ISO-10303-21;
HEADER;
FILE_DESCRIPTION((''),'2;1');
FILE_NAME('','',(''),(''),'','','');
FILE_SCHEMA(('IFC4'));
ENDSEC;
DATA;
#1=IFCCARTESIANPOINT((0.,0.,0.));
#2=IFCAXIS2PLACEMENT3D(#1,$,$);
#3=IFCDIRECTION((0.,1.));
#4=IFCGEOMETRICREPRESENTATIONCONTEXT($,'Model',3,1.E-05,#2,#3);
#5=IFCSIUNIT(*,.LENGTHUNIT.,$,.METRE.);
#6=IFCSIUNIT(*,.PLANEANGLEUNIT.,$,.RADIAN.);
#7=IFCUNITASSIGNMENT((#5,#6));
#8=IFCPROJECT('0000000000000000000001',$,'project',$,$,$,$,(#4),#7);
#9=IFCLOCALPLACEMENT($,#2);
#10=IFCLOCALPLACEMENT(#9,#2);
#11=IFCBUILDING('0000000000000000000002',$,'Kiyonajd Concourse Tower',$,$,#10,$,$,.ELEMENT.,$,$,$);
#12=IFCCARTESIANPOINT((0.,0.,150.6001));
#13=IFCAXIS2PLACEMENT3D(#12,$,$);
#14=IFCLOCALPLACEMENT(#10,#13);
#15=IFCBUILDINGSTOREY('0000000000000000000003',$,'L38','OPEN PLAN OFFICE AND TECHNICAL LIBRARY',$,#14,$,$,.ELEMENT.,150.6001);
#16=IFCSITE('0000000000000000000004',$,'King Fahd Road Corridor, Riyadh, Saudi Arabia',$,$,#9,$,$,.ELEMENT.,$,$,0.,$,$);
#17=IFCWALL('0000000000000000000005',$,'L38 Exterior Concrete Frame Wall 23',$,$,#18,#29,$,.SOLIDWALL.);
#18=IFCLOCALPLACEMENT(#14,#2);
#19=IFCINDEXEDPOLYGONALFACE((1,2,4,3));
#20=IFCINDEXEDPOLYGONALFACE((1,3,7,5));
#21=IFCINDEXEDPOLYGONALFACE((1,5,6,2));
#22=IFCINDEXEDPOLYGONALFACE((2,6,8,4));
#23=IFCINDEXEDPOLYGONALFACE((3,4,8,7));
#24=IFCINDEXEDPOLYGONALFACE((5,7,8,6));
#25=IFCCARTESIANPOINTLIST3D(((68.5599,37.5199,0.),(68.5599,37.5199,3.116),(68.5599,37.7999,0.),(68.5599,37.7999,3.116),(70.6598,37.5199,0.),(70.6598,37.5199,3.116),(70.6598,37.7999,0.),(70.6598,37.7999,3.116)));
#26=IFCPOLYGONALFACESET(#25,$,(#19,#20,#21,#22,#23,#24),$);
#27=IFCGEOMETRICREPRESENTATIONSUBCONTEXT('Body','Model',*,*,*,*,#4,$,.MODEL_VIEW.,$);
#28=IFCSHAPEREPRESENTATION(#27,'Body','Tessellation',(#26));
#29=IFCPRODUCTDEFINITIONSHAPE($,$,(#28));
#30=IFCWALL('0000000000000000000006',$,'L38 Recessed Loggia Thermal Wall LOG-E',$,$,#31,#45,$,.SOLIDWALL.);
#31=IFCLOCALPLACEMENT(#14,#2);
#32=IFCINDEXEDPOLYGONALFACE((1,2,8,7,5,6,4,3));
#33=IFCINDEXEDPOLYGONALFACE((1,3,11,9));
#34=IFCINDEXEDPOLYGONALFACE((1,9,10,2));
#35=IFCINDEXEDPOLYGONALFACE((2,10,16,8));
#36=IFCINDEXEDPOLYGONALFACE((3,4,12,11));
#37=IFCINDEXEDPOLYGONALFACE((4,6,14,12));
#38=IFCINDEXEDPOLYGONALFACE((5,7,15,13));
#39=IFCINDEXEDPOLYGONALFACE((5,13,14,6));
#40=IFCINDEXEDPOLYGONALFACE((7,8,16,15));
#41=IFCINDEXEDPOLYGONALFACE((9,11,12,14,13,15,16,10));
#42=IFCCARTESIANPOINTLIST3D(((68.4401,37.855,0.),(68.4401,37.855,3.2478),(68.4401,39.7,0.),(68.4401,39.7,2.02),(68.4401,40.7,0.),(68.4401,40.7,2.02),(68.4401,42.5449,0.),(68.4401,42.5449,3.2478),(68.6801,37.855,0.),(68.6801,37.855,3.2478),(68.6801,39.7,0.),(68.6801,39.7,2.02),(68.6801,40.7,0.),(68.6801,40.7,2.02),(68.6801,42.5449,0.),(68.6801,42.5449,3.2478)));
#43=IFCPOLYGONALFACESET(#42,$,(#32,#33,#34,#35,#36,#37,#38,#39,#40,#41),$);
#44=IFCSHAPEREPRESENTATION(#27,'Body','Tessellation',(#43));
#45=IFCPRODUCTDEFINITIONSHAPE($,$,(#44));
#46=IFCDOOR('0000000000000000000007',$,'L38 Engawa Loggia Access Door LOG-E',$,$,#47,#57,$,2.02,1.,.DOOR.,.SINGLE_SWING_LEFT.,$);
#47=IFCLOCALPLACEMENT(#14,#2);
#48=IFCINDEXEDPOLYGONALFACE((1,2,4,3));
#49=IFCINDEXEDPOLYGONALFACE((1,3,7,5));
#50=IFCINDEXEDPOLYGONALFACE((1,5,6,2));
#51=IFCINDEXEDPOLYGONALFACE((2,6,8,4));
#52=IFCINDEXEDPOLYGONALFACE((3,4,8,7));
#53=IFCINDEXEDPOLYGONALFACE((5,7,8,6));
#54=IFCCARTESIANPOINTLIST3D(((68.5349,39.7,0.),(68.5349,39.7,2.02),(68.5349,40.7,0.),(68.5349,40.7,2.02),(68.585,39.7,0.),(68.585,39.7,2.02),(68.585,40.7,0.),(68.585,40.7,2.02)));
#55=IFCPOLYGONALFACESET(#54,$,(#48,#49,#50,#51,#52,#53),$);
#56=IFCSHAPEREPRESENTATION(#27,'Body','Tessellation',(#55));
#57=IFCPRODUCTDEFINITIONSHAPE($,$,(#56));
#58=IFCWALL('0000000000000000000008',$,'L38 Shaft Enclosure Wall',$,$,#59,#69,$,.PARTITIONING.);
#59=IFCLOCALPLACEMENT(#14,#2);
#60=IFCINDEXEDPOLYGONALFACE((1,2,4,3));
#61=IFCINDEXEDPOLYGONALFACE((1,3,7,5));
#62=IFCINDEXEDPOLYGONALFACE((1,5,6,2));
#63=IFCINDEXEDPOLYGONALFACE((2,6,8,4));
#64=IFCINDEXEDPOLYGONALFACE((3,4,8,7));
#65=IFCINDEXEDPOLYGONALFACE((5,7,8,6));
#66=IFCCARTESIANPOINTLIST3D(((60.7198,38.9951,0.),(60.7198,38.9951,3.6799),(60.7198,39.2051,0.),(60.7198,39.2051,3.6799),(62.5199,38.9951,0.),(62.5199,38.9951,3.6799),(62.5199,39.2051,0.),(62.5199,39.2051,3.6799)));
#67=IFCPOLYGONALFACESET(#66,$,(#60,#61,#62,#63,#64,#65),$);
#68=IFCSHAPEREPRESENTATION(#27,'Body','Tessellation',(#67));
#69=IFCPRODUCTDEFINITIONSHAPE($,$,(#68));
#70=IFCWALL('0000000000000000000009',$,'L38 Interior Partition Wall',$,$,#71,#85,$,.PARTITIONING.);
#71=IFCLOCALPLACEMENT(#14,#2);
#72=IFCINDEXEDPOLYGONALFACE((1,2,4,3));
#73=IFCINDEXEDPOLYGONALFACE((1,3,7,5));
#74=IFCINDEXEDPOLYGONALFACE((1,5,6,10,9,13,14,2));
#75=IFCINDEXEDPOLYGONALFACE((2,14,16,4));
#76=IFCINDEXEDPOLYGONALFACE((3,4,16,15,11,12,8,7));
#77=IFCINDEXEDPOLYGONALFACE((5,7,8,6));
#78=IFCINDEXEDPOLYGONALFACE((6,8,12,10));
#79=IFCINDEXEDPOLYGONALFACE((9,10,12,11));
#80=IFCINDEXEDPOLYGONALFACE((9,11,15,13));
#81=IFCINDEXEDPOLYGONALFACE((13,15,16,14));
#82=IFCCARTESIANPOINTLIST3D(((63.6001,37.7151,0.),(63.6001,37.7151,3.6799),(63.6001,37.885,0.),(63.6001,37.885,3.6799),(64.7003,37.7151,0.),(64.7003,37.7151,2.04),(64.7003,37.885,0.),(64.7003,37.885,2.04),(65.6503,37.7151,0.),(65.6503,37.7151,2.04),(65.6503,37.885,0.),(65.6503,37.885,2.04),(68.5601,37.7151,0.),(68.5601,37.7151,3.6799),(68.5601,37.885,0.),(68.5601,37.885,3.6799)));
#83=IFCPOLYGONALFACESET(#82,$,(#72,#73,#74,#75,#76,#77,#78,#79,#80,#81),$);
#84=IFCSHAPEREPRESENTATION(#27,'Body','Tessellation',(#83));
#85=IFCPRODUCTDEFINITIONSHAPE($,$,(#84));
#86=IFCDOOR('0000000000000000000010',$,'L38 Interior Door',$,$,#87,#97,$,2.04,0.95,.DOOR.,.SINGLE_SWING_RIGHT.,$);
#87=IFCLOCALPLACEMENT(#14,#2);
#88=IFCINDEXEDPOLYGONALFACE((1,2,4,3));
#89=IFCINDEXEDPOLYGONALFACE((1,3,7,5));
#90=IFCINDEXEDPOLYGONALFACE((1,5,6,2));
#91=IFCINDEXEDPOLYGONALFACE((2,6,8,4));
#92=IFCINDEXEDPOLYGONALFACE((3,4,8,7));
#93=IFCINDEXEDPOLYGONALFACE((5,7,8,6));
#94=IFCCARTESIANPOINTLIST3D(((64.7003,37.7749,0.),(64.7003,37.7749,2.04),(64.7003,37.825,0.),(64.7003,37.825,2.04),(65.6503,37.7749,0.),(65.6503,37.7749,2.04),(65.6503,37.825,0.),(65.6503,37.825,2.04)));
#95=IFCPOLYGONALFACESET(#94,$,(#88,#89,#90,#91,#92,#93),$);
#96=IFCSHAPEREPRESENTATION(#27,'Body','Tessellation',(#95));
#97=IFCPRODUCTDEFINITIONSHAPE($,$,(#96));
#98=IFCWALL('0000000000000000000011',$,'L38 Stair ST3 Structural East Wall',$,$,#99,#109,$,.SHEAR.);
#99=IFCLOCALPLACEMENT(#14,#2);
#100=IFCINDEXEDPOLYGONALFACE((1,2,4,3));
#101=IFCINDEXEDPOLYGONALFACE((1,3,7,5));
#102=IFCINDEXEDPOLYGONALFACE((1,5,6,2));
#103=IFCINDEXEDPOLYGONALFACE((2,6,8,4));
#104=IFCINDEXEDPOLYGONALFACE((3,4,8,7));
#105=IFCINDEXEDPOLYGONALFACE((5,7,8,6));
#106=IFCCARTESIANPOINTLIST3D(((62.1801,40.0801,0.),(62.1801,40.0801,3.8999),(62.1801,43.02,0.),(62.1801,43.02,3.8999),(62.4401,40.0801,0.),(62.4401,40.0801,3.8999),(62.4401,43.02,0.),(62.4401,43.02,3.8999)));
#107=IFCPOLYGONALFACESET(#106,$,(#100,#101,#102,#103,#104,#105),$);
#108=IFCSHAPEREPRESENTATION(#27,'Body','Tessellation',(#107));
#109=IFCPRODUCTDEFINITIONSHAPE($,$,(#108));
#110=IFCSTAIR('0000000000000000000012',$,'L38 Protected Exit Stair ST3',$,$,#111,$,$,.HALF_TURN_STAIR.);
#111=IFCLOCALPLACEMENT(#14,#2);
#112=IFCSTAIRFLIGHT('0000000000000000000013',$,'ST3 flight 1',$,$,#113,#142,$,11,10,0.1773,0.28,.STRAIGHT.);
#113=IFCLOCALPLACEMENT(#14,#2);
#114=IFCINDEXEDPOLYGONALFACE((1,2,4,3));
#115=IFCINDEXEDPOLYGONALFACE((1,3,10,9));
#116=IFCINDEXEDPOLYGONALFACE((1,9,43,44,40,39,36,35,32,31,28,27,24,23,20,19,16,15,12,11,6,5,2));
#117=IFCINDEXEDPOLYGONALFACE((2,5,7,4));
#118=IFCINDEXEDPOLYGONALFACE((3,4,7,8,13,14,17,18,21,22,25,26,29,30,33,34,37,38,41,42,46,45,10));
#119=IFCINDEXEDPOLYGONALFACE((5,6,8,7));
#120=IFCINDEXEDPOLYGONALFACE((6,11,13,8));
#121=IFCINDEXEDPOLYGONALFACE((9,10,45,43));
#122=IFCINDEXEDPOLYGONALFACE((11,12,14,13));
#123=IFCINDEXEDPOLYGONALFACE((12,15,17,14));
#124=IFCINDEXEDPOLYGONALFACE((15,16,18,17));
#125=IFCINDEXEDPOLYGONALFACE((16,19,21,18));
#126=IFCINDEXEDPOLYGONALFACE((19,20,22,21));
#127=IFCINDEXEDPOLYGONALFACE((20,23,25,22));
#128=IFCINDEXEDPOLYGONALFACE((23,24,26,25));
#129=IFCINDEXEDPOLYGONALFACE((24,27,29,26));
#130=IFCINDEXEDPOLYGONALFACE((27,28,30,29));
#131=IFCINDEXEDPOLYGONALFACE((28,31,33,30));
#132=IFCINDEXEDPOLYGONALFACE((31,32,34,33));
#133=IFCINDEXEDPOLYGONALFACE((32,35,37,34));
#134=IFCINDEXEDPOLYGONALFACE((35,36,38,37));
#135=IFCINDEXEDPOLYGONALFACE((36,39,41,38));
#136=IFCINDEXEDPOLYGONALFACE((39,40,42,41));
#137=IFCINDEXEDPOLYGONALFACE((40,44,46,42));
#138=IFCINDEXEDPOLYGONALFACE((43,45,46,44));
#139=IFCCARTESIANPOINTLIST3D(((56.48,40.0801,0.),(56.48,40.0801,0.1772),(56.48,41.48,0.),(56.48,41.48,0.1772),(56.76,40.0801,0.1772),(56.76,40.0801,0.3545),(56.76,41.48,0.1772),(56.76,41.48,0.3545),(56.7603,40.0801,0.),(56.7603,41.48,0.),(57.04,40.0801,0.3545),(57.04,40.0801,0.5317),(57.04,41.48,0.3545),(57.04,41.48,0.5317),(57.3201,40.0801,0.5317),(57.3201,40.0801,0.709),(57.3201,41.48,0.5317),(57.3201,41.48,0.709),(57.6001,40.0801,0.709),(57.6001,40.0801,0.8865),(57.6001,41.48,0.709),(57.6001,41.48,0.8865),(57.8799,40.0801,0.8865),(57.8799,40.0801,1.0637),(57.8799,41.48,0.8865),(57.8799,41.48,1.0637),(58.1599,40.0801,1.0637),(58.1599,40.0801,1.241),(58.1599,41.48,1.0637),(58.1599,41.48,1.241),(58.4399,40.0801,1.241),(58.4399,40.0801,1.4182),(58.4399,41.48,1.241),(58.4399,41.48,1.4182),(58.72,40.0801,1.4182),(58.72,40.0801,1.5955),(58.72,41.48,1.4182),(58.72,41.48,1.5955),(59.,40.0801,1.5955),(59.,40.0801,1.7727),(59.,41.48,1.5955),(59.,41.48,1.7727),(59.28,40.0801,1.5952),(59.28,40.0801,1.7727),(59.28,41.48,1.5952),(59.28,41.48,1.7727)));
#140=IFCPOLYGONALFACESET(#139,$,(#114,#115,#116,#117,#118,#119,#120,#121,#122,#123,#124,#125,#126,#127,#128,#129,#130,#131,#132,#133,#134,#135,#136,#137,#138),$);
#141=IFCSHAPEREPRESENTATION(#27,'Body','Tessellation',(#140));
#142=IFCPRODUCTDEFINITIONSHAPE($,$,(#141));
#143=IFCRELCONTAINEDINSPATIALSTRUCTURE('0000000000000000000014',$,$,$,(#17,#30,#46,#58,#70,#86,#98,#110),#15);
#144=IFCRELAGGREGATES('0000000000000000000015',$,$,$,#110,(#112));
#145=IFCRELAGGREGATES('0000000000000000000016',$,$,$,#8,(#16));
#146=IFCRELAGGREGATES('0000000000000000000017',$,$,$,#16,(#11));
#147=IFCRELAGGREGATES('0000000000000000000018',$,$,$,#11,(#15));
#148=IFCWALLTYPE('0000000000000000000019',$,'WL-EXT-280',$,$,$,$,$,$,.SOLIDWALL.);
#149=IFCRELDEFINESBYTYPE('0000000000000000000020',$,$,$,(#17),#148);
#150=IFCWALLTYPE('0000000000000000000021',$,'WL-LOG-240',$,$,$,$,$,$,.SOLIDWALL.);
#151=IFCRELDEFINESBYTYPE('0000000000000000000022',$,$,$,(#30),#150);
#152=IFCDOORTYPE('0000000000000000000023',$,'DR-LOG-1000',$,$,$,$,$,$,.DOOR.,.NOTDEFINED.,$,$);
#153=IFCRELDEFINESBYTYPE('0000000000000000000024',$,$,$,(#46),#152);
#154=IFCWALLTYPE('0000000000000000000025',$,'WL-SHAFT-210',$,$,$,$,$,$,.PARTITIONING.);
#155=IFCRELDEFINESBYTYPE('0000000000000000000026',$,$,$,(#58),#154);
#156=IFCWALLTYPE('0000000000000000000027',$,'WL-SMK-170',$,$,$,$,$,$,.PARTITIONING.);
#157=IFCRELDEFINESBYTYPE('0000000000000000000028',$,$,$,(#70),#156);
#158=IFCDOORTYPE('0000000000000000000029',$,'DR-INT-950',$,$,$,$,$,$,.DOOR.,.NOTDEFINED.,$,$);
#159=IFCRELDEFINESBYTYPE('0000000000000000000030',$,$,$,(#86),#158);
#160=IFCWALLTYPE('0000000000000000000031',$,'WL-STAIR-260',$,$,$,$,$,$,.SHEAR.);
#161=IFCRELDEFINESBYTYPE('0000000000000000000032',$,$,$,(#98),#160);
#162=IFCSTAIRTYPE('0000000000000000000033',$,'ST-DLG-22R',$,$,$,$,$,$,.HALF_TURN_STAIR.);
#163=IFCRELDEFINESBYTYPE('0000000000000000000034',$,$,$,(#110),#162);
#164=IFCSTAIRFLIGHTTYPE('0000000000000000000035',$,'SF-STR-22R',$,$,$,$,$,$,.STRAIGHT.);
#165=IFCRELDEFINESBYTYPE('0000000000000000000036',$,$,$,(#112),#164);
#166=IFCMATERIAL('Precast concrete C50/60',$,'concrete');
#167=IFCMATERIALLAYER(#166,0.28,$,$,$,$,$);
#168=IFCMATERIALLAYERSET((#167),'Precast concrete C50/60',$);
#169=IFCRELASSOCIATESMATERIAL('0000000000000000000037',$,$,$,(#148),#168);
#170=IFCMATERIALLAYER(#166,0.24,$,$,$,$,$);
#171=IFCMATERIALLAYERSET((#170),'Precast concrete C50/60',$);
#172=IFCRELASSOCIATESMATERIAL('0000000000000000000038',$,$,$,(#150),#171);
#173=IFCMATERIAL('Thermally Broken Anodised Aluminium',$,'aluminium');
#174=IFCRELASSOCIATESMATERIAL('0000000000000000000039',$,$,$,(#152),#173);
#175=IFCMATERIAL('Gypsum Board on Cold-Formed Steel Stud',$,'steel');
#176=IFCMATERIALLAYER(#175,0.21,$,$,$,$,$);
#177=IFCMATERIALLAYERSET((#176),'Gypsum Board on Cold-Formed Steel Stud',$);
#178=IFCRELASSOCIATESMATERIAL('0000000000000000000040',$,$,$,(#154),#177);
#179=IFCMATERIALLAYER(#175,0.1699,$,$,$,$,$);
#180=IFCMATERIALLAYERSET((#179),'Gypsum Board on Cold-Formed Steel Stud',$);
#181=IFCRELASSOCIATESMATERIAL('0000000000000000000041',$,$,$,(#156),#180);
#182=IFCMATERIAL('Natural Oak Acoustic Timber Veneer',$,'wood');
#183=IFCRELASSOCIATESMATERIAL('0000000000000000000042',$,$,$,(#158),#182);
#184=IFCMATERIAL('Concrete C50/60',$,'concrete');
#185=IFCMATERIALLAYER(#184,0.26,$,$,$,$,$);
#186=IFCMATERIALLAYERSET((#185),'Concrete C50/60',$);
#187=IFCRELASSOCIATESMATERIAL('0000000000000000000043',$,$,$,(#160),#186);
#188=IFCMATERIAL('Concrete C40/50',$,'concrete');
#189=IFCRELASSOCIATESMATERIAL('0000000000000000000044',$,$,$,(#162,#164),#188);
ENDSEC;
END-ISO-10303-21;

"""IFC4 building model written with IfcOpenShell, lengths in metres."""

from ifc_helpers import new_model, si_unit, direction, frame, frame_2d, origin, place, context, subcontext, project, spatial, polyline, rectangle, outline, extrude, material, layer, layer_set, type_object, element, fill, aggregate, save


model = new_model("IFC4")

# Units and contexts
model_context = context("Model", 3, precision=1e-05, world=origin(), true_north=direction((0.0, 1.0)))
body_context = subcontext(model_context, "Body", "Model", "MODEL_VIEW")
ifc_project = project(units=[si_unit("LENGTHUNIT", "METRE"), si_unit("PLANEANGLEUNIT", "RADIAN")], contexts=[model_context])

# Site, building, storey
site_placement = place(None, origin())
site = spatial("IfcSite", under=ifc_project, at=site_placement, Name="King Fahd Road Corridor, Riyadh, Saudi Arabia", CompositionType="ELEMENT", RefElevation=0.0)
building_placement = place(site_placement, origin())
building = spatial("IfcBuilding", under=site, at=building_placement, Name="Kiyonajd Concourse Tower", CompositionType="ELEMENT")
storey_placement = place(building_placement, frame((0.0, 0.0, 150.6001)))
storey = spatial("IfcBuildingStorey", under=building, at=storey_placement, Name="L38", Description="OPEN PLAN OFFICE AND TECHNICAL LIBRARY", CompositionType="ELEMENT", Elevation=150.6001)

# Shared definitions
ifc_material_1 = material(Name="Thermally Broken Anodised Aluminium", Category="aluminium")

# Wall
ifc_material_2 = material(Name="Precast concrete C50/60", Category="concrete")
ifc_layer_1 = layer(ifc_material_2, 0.28)
ifc_layer_set_1 = layer_set([ifc_layer_1], Name="Precast concrete C50/60")
wall_type_1 = type_object("IfcWallType", Name="WL-EXT-280", PredefinedType="SOLIDWALL", material=ifc_layer_set_1)
for number, where, z_axis, x_axis, name in (
    (1, (68.5601, 37.6599, 0.0), (0.0, 0.0, 1.0), (1.0, 0.0, 0.0), "L38 Exterior Concrete Frame Wall 23"),
):
    element("IfcWall", number, at=place(storey_placement, frame(where, z_axis=z_axis, x_axis=x_axis)), inside=storey, type_object=wall_type_1, Name=name, PredefinedType="SOLIDWALL", context=body_context, shape_type="SweptSolid", body=[
        extrude(rectangle(XDim=2.0999, YDim=0.28, at=frame_2d((1.0498, 0.0))), origin(), (0.0, 0.0, 1.0), 3.116),
    ])

# Wall, opening, door
ifc_layer_2 = layer(ifc_material_2, 0.24)
ifc_layer_set_2 = layer_set([ifc_layer_2], Name="Precast concrete C50/60")
wall_type_2 = type_object("IfcWallType", Name="WL-LOG-240", PredefinedType="SOLIDWALL", material=ifc_layer_set_2)
wall_1_placement = place(storey_placement, frame((68.5601, 42.5449, 0.0), z_axis=(0.0, 0.0, 1.0), x_axis=(0.0, -1.0, 0.0)))
wall_1 = element("IfcWall", 2, at=wall_1_placement, inside=storey, type_object=wall_type_2, Name="L38 Recessed Loggia Thermal Wall LOG-E", PredefinedType="SOLIDWALL", context=body_context, shape_type="SweptSolid", body=[
    extrude(rectangle(XDim=4.6899, YDim=0.24, at=frame_2d((2.345, 0.0))), origin(), (0.0, 0.0, 1.0), 3.2478),
])
opening_1_placement = place(wall_1_placement, frame((1.845, 0.0, 0.0)))
opening_1 = element("IfcOpeningElement", 3, at=opening_1_placement, cuts=wall_1, PredefinedType="OPENING", context=body_context, shape_type="SweptSolid", body=[
    extrude(rectangle(XDim=1.0, YDim=2.02, at=frame_2d((0.5, 1.01))), frame((0.0, 0.1299, 0.0), z_axis=(0.0, -1.0, 0.0), x_axis=(1.0, 0.0, 0.0)), (0.0, 0.0, 1.0), 0.26),
])
door_type_1 = type_object("IfcDoorType", Name="DR-LOG-1000", OperationType="NOTDEFINED", PredefinedType="DOOR", material=ifc_material_1)
door_1_placement = place(opening_1_placement, origin())
door_1 = element("IfcDoor", 4, at=door_1_placement, inside=storey, type_object=door_type_1, Name="L38 Engawa Loggia Access Door LOG-E", OperationType="SINGLE_SWING_LEFT", OverallHeight=2.02, OverallWidth=1.0, PredefinedType="DOOR", context=body_context, shape_type="SweptSolid", body=[
    extrude(rectangle(XDim=1.0, YDim=2.02, at=frame_2d((0.5, 1.01))), frame((0.0, 0.0249, 0.0), z_axis=(0.0, -1.0, 0.0), x_axis=(1.0, 0.0, 0.0)), (0.0, 0.0, 1.0), 0.05),
])
fill(opening_1, door_1)

# Wall
ifc_material_3 = material(Name="Gypsum Board on Cold-Formed Steel Stud", Category="steel")
ifc_layer_3 = layer(ifc_material_3, 0.21)
ifc_layer_set_3 = layer_set([ifc_layer_3], Name="Gypsum Board on Cold-Formed Steel Stud")
wall_type_3 = type_object("IfcWallType", Name="WL-SHAFT-210", PredefinedType="PARTITIONING", material=ifc_layer_set_3)
wall_2_placement = place(storey_placement, frame((60.72, 39.1001, 0.0), z_axis=(0.0, 0.0, 1.0), x_axis=(1.0, 0.0, 0.0)))
element("IfcWall", 5, at=wall_2_placement, inside=storey, type_object=wall_type_3, Name="L38 Shaft Enclosure Wall", PredefinedType="PARTITIONING", context=body_context, shape_type="SweptSolid", body=[
    extrude(rectangle(XDim=1.8, YDim=0.21, at=frame_2d((0.8999, 0.0))), origin(), (0.0, 0.0, 1.0), 3.6799),
])

# Wall, opening, door
ifc_layer_4 = layer(ifc_material_3, 0.1699)
ifc_layer_set_4 = layer_set([ifc_layer_4], Name="Gypsum Board on Cold-Formed Steel Stud")
wall_type_4 = type_object("IfcWallType", Name="WL-SMK-170", PredefinedType="PARTITIONING", material=ifc_layer_set_4)
wall_3_placement = place(storey_placement, frame((63.6001, 37.8, 0.0), z_axis=(0.0, 0.0, 1.0), x_axis=(1.0, 0.0, 0.0)))
wall_3 = element("IfcWall", 6, at=wall_3_placement, inside=storey, type_object=wall_type_4, Name="L38 Interior Partition Wall", PredefinedType="PARTITIONING", context=body_context, shape_type="SweptSolid", body=[
    extrude(rectangle(XDim=4.96, YDim=0.1699, at=frame_2d((2.48, 0.0))), origin(), (0.0, 0.0, 1.0), 3.6799),
])
opening_2_placement = place(wall_3_placement, frame((1.1001, 0.0, 0.0)))
opening_2 = element("IfcOpeningElement", 7, at=opening_2_placement, cuts=wall_3, PredefinedType="OPENING", context=body_context, shape_type="SweptSolid", body=[
    extrude(rectangle(XDim=0.95, YDim=2.04, at=frame_2d((0.4751, 1.02))), frame((0.0, 0.095, 0.0), z_axis=(0.0, -1.0, 0.0), x_axis=(1.0, 0.0, 0.0)), (0.0, 0.0, 1.0), 0.1899),
])
ifc_material_4 = material(Name="Natural Oak Acoustic Timber Veneer", Category="wood")
door_type_2 = type_object("IfcDoorType", Name="DR-INT-950", OperationType="NOTDEFINED", PredefinedType="DOOR", material=ifc_material_4)
door_2_placement = place(opening_2_placement, origin())
door_2 = element("IfcDoor", 8, at=door_2_placement, inside=storey, type_object=door_type_2, Name="L38 Interior Door", OperationType="SINGLE_SWING_RIGHT", OverallHeight=2.04, OverallWidth=0.95, PredefinedType="DOOR", context=body_context, shape_type="SweptSolid", body=[
    extrude(rectangle(XDim=0.95, YDim=2.04, at=frame_2d((0.4751, 1.02))), frame((0.0, 0.0249, 0.0), z_axis=(0.0, -1.0, 0.0), x_axis=(1.0, 0.0, 0.0)), (0.0, 0.0, 1.0), 0.05),
])
fill(opening_2, door_2)

# Wall
ifc_material_5 = material(Name="Concrete C50/60", Category="concrete")
ifc_layer_5 = layer(ifc_material_5, 0.26)
ifc_layer_set_5 = layer_set([ifc_layer_5], Name="Concrete C50/60")
wall_type_5 = type_object("IfcWallType", Name="WL-STAIR-260", PredefinedType="SHEAR", material=ifc_layer_set_5)
wall_4_placement = place(storey_placement, frame((62.3101, 40.0801, 0.0), z_axis=(0.0, 0.0, 1.0), x_axis=(0.0, 1.0, 0.0)))
element("IfcWall", 9, at=wall_4_placement, inside=storey, type_object=wall_type_5, Name="L38 Stair ST3 Structural East Wall", PredefinedType="SHEAR", context=body_context, shape_type="SweptSolid", body=[
    extrude(rectangle(XDim=2.9399, YDim=0.26, at=frame_2d((1.47, 0.0))), origin(), (0.0, 0.0, 1.0), 3.8999),
])

# Stair, stair flight
ifc_material_6 = material(Name="Concrete C40/50", Category="concrete")
stair_type = type_object("IfcStairType", Name="ST-DLG-22R", PredefinedType="HALF_TURN_STAIR", material=ifc_material_6)
stair_placement = place(storey_placement, origin())
stair = element("IfcStair", 10, at=stair_placement, inside=storey, type_object=stair_type, Name="L38 Protected Exit Stair ST3", PredefinedType="HALF_TURN_STAIR")
stair_flight_type = type_object("IfcStairFlightType", Name="SF-STR-22R", PredefinedType="STRAIGHT", material=ifc_material_6)
stair_flight_1_placement = place(storey_placement, frame((56.48, 40.78, 0.0), z_axis=(0.0, 0.0, 1.0), x_axis=(1.0, 0.0, 0.0)))
stair_flight_1 = element("IfcStairFlight", 11, at=stair_flight_1_placement, type_object=stair_flight_type, Name="ST3 flight 1", NumberOfRisers=11, NumberOfTreads=10, PredefinedType="STRAIGHT", RiserHeight=0.1773, TreadLength=0.28, context=body_context, shape_type="SweptSolid", body=[
    extrude(outline(polyline([(0.0, 0.0), (0.0, 0.1772), (0.28, 0.1772), (0.28, 0.3545), (0.5601, 0.3545), (0.5601, 0.5317), (0.8401, 0.5317), (0.8401, 0.709), (1.1201, 0.709), (1.1201, 0.8865), (1.3999, 0.8865), (1.3999, 1.0637), (1.6799, 1.0637), (1.6799, 1.241), (1.96, 1.241), (1.96, 1.4182), (2.24, 1.4182), (2.24, 1.5955), (2.52, 1.5955), (2.52, 1.7727), (2.8, 1.7727), (2.8, 1.95), (2.8, 1.5952), (0.2803, 0.0), (0.0, 0.0)])), frame((0.0, 0.7, 0.0), z_axis=(0.0, -1.0, 0.0), x_axis=(1.0, 0.0, 0.0)), (0.0, 0.0, 1.0), 1.3999),
])
aggregate(stair, [stair_flight_1])

save(model, "model.ifc")
